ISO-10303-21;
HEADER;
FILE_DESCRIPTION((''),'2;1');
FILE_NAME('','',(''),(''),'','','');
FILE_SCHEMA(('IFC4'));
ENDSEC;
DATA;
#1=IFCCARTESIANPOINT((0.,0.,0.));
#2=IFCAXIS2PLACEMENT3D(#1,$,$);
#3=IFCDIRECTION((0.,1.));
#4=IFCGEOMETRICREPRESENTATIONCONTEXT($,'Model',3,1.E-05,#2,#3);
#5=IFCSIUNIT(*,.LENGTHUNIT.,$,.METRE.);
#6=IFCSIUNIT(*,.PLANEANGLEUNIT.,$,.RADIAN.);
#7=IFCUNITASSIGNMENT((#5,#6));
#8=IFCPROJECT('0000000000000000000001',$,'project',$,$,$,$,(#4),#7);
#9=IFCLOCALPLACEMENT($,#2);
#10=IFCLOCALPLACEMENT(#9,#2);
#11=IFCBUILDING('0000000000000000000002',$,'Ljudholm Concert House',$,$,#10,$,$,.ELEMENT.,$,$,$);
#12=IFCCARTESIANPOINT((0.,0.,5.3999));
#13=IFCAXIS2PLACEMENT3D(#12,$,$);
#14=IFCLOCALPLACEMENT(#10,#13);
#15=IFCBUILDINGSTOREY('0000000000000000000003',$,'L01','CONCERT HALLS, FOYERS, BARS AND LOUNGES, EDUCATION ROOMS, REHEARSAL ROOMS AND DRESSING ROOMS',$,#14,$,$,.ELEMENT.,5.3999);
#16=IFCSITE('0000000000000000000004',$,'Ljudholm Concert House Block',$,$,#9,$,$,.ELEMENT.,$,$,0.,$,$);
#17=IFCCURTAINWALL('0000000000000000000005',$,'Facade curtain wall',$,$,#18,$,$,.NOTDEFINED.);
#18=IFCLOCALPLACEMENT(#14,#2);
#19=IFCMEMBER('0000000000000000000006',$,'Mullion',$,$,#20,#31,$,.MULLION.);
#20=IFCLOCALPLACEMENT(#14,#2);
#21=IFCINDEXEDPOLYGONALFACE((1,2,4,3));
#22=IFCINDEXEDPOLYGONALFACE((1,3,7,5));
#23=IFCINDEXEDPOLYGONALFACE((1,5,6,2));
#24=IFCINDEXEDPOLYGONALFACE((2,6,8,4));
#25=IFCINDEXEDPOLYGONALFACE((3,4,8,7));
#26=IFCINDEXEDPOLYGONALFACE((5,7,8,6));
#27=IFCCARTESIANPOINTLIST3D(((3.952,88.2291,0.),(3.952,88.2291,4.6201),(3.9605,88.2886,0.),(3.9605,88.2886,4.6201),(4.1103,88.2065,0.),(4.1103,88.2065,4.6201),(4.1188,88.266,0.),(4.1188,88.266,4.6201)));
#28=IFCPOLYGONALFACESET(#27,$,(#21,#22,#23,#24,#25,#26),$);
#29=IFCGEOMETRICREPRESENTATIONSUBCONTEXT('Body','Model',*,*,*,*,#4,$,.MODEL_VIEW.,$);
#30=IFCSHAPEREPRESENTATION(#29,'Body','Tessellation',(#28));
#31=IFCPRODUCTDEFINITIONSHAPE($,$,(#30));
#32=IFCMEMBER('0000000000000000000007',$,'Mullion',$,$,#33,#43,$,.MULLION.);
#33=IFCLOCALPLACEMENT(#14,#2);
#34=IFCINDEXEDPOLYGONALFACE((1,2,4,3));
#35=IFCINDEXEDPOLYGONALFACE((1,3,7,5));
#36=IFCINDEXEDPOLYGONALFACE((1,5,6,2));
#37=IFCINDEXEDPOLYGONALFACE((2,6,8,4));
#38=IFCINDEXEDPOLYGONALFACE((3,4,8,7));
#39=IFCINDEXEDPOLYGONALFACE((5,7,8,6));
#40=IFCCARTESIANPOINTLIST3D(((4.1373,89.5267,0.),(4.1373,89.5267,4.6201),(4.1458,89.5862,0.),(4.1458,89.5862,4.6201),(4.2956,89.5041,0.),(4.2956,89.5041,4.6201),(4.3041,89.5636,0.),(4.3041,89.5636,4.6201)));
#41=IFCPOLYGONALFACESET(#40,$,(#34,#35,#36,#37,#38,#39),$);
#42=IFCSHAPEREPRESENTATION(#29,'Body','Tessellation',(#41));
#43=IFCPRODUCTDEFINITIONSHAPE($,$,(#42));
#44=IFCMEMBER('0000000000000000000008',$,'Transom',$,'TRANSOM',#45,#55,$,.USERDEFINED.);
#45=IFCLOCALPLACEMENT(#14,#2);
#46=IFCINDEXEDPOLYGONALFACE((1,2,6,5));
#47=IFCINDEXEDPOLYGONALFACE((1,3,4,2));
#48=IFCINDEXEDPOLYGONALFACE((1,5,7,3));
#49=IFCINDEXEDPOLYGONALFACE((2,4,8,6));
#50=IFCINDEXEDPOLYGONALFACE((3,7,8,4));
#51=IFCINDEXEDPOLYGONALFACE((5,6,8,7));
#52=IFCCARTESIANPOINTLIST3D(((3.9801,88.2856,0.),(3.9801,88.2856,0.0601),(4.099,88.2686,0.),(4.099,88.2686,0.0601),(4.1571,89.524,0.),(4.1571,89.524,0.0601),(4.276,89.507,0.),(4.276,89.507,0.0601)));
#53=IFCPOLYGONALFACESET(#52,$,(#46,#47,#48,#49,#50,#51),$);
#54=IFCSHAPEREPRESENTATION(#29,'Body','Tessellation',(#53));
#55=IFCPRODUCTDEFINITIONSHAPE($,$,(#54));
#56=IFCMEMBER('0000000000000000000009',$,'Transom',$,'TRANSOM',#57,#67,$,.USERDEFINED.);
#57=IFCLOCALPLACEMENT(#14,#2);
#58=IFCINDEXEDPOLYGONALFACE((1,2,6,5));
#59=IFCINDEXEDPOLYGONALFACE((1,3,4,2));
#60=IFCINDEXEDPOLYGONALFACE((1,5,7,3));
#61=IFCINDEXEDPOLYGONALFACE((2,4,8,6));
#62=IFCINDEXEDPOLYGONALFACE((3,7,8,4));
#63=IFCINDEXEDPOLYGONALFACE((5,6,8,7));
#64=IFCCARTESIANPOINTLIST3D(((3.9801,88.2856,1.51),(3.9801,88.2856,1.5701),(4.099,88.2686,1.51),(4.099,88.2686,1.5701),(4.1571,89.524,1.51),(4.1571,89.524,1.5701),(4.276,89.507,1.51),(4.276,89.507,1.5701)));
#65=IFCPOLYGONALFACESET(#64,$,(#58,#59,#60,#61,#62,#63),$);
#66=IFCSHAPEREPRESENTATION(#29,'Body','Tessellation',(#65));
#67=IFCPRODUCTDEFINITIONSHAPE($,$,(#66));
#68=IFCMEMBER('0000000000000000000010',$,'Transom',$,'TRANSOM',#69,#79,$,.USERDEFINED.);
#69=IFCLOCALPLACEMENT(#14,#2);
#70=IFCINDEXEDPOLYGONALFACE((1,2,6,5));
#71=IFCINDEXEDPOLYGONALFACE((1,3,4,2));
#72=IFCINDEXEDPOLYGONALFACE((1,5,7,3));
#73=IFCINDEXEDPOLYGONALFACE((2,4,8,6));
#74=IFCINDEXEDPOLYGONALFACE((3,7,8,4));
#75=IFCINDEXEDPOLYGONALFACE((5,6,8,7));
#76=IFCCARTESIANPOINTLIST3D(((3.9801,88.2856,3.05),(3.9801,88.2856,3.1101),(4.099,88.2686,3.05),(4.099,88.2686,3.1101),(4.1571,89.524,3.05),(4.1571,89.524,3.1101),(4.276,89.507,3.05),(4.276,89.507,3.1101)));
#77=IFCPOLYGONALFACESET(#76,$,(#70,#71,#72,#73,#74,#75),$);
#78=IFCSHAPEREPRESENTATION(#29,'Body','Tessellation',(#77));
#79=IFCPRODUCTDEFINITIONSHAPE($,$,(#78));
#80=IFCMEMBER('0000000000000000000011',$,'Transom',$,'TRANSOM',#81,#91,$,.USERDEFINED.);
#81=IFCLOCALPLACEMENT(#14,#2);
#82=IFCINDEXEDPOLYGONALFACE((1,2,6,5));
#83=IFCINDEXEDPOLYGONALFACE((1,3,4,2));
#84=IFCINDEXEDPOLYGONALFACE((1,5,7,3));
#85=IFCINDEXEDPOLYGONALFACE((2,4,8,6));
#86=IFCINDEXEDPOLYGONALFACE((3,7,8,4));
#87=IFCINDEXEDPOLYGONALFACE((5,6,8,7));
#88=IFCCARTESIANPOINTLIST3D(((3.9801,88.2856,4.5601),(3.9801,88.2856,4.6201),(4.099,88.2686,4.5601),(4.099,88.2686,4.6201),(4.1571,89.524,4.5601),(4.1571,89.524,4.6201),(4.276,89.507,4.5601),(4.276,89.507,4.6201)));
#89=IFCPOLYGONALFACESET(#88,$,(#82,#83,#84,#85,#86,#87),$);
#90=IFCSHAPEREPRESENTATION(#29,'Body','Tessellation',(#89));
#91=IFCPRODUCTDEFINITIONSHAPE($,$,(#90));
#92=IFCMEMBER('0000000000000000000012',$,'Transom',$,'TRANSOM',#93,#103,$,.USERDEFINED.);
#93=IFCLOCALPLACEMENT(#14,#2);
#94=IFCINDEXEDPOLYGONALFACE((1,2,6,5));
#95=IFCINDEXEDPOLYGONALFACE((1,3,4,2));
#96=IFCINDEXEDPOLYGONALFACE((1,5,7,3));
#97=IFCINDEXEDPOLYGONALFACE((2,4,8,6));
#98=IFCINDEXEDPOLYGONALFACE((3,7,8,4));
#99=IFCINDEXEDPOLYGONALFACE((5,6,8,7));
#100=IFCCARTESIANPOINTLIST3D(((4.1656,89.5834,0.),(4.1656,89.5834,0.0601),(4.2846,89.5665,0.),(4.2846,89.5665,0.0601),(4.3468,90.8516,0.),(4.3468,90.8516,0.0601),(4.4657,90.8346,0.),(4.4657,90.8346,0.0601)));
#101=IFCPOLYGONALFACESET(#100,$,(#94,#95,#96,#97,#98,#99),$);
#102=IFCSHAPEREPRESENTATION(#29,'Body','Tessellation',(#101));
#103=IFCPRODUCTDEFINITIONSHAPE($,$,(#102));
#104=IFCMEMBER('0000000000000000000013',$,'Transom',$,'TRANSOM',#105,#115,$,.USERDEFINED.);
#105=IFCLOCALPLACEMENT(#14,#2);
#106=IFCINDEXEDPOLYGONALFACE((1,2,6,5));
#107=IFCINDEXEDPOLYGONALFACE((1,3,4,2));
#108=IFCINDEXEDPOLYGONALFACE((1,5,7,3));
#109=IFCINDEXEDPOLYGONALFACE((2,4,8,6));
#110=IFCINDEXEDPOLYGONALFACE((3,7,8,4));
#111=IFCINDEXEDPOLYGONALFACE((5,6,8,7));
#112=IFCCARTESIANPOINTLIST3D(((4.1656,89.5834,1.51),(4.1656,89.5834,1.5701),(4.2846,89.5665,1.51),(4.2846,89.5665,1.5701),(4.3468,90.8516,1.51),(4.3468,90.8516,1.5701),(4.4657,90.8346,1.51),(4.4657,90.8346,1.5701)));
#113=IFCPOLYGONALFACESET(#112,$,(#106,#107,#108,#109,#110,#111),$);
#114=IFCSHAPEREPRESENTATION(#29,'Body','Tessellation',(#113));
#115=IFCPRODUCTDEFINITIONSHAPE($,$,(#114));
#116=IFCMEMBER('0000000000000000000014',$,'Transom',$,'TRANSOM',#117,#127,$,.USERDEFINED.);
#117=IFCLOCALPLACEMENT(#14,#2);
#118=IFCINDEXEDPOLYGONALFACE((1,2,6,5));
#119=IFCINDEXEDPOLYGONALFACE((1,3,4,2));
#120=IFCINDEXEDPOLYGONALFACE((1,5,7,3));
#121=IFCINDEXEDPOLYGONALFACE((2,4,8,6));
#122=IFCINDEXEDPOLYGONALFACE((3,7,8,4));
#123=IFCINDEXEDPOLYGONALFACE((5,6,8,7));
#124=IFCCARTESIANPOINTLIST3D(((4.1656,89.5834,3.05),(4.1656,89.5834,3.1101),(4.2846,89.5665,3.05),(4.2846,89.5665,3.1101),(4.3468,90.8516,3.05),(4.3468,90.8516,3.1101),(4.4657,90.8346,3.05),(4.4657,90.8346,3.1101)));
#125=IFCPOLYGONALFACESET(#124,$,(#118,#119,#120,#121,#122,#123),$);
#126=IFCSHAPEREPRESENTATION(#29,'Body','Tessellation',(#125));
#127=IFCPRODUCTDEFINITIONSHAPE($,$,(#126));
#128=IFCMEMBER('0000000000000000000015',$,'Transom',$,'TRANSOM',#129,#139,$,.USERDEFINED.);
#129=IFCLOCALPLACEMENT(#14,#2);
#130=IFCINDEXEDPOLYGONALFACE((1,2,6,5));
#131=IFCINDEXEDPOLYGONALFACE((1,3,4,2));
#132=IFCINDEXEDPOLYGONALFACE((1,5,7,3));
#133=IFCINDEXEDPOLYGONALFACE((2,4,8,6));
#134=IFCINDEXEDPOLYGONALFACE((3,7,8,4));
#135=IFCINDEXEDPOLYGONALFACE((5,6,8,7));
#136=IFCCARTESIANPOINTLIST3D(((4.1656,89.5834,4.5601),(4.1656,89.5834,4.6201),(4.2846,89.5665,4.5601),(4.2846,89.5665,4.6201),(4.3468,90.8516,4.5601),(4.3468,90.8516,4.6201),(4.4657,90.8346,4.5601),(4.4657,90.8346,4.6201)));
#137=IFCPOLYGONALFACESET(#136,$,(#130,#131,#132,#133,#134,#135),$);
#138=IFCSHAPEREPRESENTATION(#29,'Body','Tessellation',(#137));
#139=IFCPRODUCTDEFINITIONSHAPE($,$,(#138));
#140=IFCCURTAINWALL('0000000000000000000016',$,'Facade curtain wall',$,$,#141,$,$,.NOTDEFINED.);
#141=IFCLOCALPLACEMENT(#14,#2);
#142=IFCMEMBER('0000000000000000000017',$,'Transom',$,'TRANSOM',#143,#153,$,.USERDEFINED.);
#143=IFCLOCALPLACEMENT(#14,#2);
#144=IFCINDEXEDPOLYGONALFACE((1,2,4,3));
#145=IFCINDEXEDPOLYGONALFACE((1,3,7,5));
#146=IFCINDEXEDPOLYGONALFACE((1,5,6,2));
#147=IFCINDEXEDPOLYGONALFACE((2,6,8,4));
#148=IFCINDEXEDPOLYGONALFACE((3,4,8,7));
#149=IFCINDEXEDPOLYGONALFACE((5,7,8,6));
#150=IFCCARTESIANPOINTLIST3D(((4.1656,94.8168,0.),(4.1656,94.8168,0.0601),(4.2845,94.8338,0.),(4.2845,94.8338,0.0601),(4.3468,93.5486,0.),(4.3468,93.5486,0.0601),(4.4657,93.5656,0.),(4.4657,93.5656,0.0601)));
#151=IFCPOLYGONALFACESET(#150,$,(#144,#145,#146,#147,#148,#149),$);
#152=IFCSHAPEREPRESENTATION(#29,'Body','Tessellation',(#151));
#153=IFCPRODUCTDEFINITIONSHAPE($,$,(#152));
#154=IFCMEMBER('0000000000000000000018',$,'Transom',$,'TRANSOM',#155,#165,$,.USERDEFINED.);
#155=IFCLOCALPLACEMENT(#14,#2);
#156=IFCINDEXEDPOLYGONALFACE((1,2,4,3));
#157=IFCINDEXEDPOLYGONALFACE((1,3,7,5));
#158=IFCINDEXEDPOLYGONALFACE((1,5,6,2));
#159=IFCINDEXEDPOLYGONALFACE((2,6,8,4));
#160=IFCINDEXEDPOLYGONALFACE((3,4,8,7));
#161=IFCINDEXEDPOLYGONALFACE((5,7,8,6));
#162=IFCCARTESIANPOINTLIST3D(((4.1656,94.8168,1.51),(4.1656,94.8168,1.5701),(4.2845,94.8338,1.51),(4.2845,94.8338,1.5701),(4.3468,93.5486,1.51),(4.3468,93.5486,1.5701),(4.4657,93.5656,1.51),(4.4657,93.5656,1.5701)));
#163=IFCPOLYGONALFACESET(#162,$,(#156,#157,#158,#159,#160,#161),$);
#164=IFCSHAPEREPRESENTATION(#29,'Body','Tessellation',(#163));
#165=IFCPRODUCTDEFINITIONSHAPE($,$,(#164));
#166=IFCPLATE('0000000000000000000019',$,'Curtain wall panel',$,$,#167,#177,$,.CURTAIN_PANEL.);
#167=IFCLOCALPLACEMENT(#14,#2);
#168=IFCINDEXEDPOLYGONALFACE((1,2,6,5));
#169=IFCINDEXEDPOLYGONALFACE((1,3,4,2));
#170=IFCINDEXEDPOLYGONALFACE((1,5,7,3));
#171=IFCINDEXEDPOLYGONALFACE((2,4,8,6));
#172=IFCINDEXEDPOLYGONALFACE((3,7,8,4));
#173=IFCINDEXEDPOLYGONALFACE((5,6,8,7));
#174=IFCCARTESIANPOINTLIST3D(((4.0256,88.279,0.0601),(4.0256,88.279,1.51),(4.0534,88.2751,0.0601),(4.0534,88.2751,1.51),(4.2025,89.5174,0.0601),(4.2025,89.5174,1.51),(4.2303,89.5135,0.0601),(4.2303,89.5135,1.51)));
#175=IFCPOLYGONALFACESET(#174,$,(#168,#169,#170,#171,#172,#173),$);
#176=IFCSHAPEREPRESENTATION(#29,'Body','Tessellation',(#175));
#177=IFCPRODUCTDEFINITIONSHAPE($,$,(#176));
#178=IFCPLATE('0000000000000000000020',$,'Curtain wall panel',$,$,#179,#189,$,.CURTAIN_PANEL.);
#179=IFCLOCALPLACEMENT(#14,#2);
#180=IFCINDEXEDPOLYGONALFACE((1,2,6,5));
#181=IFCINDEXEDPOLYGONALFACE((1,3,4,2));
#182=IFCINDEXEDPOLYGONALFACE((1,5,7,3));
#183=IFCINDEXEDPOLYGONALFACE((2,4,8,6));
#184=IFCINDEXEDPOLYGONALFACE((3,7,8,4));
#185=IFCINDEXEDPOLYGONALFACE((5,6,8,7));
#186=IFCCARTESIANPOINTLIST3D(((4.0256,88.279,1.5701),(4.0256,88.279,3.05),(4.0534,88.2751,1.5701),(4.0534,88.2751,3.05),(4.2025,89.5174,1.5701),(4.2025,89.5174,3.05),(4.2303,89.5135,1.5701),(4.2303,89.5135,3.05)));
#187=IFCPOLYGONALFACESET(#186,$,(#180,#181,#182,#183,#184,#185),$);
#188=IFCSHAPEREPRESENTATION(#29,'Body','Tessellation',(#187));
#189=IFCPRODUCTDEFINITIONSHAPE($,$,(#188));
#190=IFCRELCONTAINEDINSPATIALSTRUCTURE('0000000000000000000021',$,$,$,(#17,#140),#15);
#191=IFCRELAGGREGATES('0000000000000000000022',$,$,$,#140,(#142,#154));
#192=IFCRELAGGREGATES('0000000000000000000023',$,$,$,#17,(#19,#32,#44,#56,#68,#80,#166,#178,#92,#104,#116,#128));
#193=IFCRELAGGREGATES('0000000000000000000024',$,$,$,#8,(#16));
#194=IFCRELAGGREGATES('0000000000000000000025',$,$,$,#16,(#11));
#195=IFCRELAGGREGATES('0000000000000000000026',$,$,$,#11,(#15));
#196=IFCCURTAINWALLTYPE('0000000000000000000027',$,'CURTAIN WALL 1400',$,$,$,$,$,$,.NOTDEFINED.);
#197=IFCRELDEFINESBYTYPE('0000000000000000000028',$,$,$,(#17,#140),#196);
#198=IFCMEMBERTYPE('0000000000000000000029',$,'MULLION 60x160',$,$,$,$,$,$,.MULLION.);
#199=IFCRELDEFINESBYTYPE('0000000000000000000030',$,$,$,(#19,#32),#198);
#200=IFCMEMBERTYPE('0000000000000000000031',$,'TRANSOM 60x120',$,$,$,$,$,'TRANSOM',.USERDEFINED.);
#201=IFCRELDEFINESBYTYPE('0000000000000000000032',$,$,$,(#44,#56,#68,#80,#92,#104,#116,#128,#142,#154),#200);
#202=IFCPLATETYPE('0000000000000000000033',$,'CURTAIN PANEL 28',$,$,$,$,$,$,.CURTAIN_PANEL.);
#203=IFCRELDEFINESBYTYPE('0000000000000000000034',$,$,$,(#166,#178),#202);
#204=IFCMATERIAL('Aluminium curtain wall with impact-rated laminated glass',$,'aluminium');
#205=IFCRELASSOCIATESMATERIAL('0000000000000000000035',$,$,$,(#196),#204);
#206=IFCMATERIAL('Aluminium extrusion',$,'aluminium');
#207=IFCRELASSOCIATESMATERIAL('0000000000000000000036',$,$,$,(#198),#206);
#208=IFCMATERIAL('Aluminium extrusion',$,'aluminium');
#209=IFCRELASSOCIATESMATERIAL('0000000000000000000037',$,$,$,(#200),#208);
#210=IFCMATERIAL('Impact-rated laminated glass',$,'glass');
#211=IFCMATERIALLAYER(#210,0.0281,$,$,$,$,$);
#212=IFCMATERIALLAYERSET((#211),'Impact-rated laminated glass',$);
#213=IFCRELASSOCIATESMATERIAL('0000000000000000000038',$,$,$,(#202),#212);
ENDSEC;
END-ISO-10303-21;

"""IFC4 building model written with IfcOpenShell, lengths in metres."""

from ifc_helpers import new_model, si_unit, direction, frame, origin, origin_2d, place, context, subcontext, project, spatial, rectangle, extrude, material, layer, layer_set, material_profile, profile_set, type_object, element, aggregate, save


model = new_model("IFC4")

# Units and contexts
model_context = context("Model", 3, precision=1e-05, world=origin(), true_north=direction((0.0, 1.0)))
body_context = subcontext(model_context, "Body", "Model", "MODEL_VIEW")
ifc_project = project(units=[si_unit("LENGTHUNIT", "METRE"), si_unit("PLANEANGLEUNIT", "RADIAN")], contexts=[model_context])

# Site, building, storey
site_placement = place(None, origin())
site = spatial("IfcSite", under=ifc_project, at=site_placement, Name="Ljudholm Concert House Block", CompositionType="ELEMENT", RefElevation=0.0)
building_placement = place(site_placement, origin())
building = spatial("IfcBuilding", under=site, at=building_placement, Name="Ljudholm Concert House", CompositionType="ELEMENT")
storey_placement = place(building_placement, frame((0.0, 0.0, 5.3999)))
storey = spatial("IfcBuildingStorey", under=building, at=storey_placement, Name="L01", Description="CONCERT HALLS, FOYERS, BARS AND LOUNGES, EDUCATION ROOMS, REHEARSAL ROOMS AND DRESSING ROOMS", CompositionType="ELEMENT", Elevation=5.3999)

# Curtain walls, members
ifc_material_1 = material(Name="Aluminium curtain wall with impact-rated laminated glass", Category="aluminium")
curtain_wall_type = type_object("IfcCurtainWallType", Name="CURTAIN WALL 1400", PredefinedType="NOTDEFINED", material=ifc_material_1)
curtain_wall_1_placement = place(storey_placement, origin())
curtain_wall_1 = element("IfcCurtainWall", 1, at=curtain_wall_1_placement, inside=storey, type_object=curtain_wall_type, Name="Facade curtain wall", PredefinedType="NOTDEFINED")
ifc_material_2 = material(Name="Aluminium extrusion", Category="aluminium")
ifc_material_profile_1 = material_profile(ifc_material_2, rectangle(XDim=0.1599, YDim=0.0601, at=origin_2d()), Name="MULLION 60x160")
ifc_profile_set_1 = profile_set([ifc_material_profile_1], Name="Aluminium extrusion")
member_type_1 = type_object("IfcMemberType", Name="MULLION 60x160", PredefinedType="MULLION", material=ifc_profile_set_1)
member_1_placement = place(storey_placement, frame((4.0354, 88.2476, 0.0), z_axis=(0.0, 0.0, 1.0), x_axis=(-0.989949, 0.141421, 0.0)))
member_1 = element("IfcMember", 2, at=member_1_placement, type_object=member_type_1, Name="Mullion", PredefinedType="MULLION", context=body_context, shape_type="SweptSolid", body=[
    extrude(rectangle(XDim=0.1599, YDim=0.0601, at=origin_2d()), origin(), (0.0, 0.0, 1.0), 4.6201),
])
member_2_placement = place(storey_placement, frame((4.2207, 89.5452, 0.0), z_axis=(0.0, 0.0, 1.0), x_axis=(-0.989949, 0.141421, 0.0)))
member_2 = element("IfcMember", 3, at=member_2_placement, type_object=member_type_1, Name="Mullion", PredefinedType="MULLION", context=body_context, shape_type="SweptSolid", body=[
    extrude(rectangle(XDim=0.1599, YDim=0.0601, at=origin_2d()), origin(), (0.0, 0.0, 1.0), 4.6201),
])
ifc_material_3 = material(Name="Aluminium extrusion", Category="aluminium")
ifc_material_profile_2 = material_profile(ifc_material_3, rectangle(XDim=0.1201, YDim=0.0601, at=origin_2d()), Name="TRANSOM 60x120")
ifc_profile_set_2 = profile_set([ifc_material_profile_2], Name="Aluminium extrusion")
member_type_2 = type_object("IfcMemberType", Name="TRANSOM 60x120", ElementType="TRANSOM", PredefinedType="USERDEFINED", material=ifc_profile_set_2)
member_3_placement = place(storey_placement, frame((4.0396, 88.2771, 0.03), z_axis=(0.141503, 0.989938, 0.0), x_axis=(-0.989938, 0.141503, 0.0)))
member_3 = element("IfcMember", 4, at=member_3_placement, type_object=member_type_2, Name="Transom", ObjectType="TRANSOM", PredefinedType="USERDEFINED", context=body_context, shape_type="SweptSolid", body=[
    extrude(rectangle(XDim=0.1201, YDim=0.0601, at=origin_2d()), origin(), (0.0, 0.0, 1.0), 1.251),
])
member_4_placement = place(storey_placement, frame((4.0396, 88.2771, 1.54), z_axis=(0.141503, 0.989938, 0.0), x_axis=(-0.989938, 0.141503, 0.0)))
member_4 = element("IfcMember", 5, at=member_4_placement, type_object=member_type_2, Name="Transom", ObjectType="TRANSOM", PredefinedType="USERDEFINED", context=body_context, shape_type="SweptSolid", body=[
    extrude(rectangle(XDim=0.1201, YDim=0.0601, at=origin_2d()), origin(), (0.0, 0.0, 1.0), 1.251),
])
member_5_placement = place(storey_placement, frame((4.0396, 88.2771, 3.0801), z_axis=(0.141503, 0.989938, 0.0), x_axis=(-0.989938, 0.141503, 0.0)))
member_5 = element("IfcMember", 6, at=member_5_placement, type_object=member_type_2, Name="Transom", ObjectType="TRANSOM", PredefinedType="USERDEFINED", context=body_context, shape_type="SweptSolid", body=[
    extrude(rectangle(XDim=0.1201, YDim=0.0601, at=origin_2d()), origin(), (0.0, 0.0, 1.0), 1.251),
])
member_6_placement = place(storey_placement, frame((4.0396, 88.2771, 4.5901), z_axis=(0.141503, 0.989938, 0.0), x_axis=(-0.989938, 0.141503, 0.0)))
member_6 = element("IfcMember", 7, at=member_6_placement, type_object=member_type_2, Name="Transom", ObjectType="TRANSOM", PredefinedType="USERDEFINED", context=body_context, shape_type="SweptSolid", body=[
    extrude(rectangle(XDim=0.1201, YDim=0.0601, at=origin_2d()), origin(), (0.0, 0.0, 1.0), 1.251),
])
member_7_placement = place(storey_placement, frame((4.2251, 89.575, 0.03), z_axis=(0.141421, 0.989949, 0.0), x_axis=(-0.989949, 0.141421, 0.0)))
member_7 = element("IfcMember", 8, at=member_7_placement, type_object=member_type_2, Name="Transom", ObjectType="TRANSOM", PredefinedType="USERDEFINED", context=body_context, shape_type="SweptSolid", body=[
    extrude(rectangle(XDim=0.1201, YDim=0.0601, at=origin_2d()), origin(), (0.0, 0.0, 1.0), 1.281),
])
member_8_placement = place(storey_placement, frame((4.2251, 89.575, 1.54), z_axis=(0.141421, 0.989949, 0.0), x_axis=(-0.989949, 0.141421, 0.0)))
member_8 = element("IfcMember", 9, at=member_8_placement, type_object=member_type_2, Name="Transom", ObjectType="TRANSOM", PredefinedType="USERDEFINED", context=body_context, shape_type="SweptSolid", body=[
    extrude(rectangle(XDim=0.1201, YDim=0.0601, at=origin_2d()), origin(), (0.0, 0.0, 1.0), 1.281),
])
member_9_placement = place(storey_placement, frame((4.2251, 89.575, 3.0801), z_axis=(0.141421, 0.989949, 0.0), x_axis=(-0.989949, 0.141421, 0.0)))
member_9 = element("IfcMember", 10, at=member_9_placement, type_object=member_type_2, Name="Transom", ObjectType="TRANSOM", PredefinedType="USERDEFINED", context=body_context, shape_type="SweptSolid", body=[
    extrude(rectangle(XDim=0.1201, YDim=0.0601, at=origin_2d()), origin(), (0.0, 0.0, 1.0), 1.281),
])
member_10_placement = place(storey_placement, frame((4.2251, 89.575, 4.5901), z_axis=(0.141421, 0.989949, 0.0), x_axis=(-0.989949, 0.141421, 0.0)))
member_10 = element("IfcMember", 11, at=member_10_placement, type_object=member_type_2, Name="Transom", ObjectType="TRANSOM", PredefinedType="USERDEFINED", context=body_context, shape_type="SweptSolid", body=[
    extrude(rectangle(XDim=0.1201, YDim=0.0601, at=origin_2d()), origin(), (0.0, 0.0, 1.0), 1.281),
])
curtain_wall_2_placement = place(storey_placement, origin())
curtain_wall_2 = element("IfcCurtainWall", 12, at=curtain_wall_2_placement, inside=storey, type_object=curtain_wall_type, Name="Facade curtain wall", PredefinedType="NOTDEFINED")
member_11_placement = place(storey_placement, frame((4.4062, 93.5571, 0.03), z_axis=(-0.141421, 0.989949, 0.0), x_axis=(-0.989949, -0.141421, 0.0)))
member_11 = element("IfcMember", 13, at=member_11_placement, type_object=member_type_2, Name="Transom", ObjectType="TRANSOM", PredefinedType="USERDEFINED", context=body_context, shape_type="SweptSolid", body=[
    extrude(rectangle(XDim=0.1201, YDim=0.0601, at=origin_2d()), origin(), (0.0, 0.0, 1.0), 1.281),
])
member_12_placement = place(storey_placement, frame((4.4062, 93.5571, 1.54), z_axis=(-0.141421, 0.989949, 0.0), x_axis=(-0.989949, -0.141421, 0.0)))
member_12 = element("IfcMember", 14, at=member_12_placement, type_object=member_type_2, Name="Transom", ObjectType="TRANSOM", PredefinedType="USERDEFINED", context=body_context, shape_type="SweptSolid", body=[
    extrude(rectangle(XDim=0.1201, YDim=0.0601, at=origin_2d()), origin(), (0.0, 0.0, 1.0), 1.281),
])
aggregate(curtain_wall_2, [member_11, member_12])

# Plates
ifc_material_4 = material(Name="Impact-rated laminated glass", Category="glass")
ifc_layer = layer(ifc_material_4, 0.0281)
ifc_layer_set = layer_set([ifc_layer], Name="Impact-rated laminated glass")
plate_type = type_object("IfcPlateType", Name="CURTAIN PANEL 28", PredefinedType="CURTAIN_PANEL", material=ifc_layer_set)
plate_1_placement = place(storey_placement, frame((4.1279, 88.8962, 0.0601), z_axis=(0.0, 0.0, 1.0), x_axis=(0.141421, 0.989949, 0.0)))
plate_1 = element("IfcPlate", 15, at=plate_1_placement, type_object=plate_type, Name="Curtain wall panel", PredefinedType="CURTAIN_PANEL", context=body_context, shape_type="SweptSolid", body=[
    extrude(rectangle(XDim=1.251, YDim=0.0281, at=origin_2d()), origin(), (0.0, 0.0, 1.0), 1.45),
])
plate_2_placement = place(storey_placement, frame((4.1279, 88.8962, 1.5701), z_axis=(0.0, 0.0, 1.0), x_axis=(0.141421, 0.989949, 0.0)))
plate_2 = element("IfcPlate", 16, at=plate_2_placement, type_object=plate_type, Name="Curtain wall panel", PredefinedType="CURTAIN_PANEL", context=body_context, shape_type="SweptSolid", body=[
    extrude(rectangle(XDim=1.251, YDim=0.0281, at=origin_2d()), origin(), (0.0, 0.0, 1.0), 1.48),
])
aggregate(curtain_wall_1, [member_1, member_2, member_3, member_4, member_5, member_6, plate_1, plate_2, member_7, member_8, member_9, member_10])

save(model, "model.ifc")
